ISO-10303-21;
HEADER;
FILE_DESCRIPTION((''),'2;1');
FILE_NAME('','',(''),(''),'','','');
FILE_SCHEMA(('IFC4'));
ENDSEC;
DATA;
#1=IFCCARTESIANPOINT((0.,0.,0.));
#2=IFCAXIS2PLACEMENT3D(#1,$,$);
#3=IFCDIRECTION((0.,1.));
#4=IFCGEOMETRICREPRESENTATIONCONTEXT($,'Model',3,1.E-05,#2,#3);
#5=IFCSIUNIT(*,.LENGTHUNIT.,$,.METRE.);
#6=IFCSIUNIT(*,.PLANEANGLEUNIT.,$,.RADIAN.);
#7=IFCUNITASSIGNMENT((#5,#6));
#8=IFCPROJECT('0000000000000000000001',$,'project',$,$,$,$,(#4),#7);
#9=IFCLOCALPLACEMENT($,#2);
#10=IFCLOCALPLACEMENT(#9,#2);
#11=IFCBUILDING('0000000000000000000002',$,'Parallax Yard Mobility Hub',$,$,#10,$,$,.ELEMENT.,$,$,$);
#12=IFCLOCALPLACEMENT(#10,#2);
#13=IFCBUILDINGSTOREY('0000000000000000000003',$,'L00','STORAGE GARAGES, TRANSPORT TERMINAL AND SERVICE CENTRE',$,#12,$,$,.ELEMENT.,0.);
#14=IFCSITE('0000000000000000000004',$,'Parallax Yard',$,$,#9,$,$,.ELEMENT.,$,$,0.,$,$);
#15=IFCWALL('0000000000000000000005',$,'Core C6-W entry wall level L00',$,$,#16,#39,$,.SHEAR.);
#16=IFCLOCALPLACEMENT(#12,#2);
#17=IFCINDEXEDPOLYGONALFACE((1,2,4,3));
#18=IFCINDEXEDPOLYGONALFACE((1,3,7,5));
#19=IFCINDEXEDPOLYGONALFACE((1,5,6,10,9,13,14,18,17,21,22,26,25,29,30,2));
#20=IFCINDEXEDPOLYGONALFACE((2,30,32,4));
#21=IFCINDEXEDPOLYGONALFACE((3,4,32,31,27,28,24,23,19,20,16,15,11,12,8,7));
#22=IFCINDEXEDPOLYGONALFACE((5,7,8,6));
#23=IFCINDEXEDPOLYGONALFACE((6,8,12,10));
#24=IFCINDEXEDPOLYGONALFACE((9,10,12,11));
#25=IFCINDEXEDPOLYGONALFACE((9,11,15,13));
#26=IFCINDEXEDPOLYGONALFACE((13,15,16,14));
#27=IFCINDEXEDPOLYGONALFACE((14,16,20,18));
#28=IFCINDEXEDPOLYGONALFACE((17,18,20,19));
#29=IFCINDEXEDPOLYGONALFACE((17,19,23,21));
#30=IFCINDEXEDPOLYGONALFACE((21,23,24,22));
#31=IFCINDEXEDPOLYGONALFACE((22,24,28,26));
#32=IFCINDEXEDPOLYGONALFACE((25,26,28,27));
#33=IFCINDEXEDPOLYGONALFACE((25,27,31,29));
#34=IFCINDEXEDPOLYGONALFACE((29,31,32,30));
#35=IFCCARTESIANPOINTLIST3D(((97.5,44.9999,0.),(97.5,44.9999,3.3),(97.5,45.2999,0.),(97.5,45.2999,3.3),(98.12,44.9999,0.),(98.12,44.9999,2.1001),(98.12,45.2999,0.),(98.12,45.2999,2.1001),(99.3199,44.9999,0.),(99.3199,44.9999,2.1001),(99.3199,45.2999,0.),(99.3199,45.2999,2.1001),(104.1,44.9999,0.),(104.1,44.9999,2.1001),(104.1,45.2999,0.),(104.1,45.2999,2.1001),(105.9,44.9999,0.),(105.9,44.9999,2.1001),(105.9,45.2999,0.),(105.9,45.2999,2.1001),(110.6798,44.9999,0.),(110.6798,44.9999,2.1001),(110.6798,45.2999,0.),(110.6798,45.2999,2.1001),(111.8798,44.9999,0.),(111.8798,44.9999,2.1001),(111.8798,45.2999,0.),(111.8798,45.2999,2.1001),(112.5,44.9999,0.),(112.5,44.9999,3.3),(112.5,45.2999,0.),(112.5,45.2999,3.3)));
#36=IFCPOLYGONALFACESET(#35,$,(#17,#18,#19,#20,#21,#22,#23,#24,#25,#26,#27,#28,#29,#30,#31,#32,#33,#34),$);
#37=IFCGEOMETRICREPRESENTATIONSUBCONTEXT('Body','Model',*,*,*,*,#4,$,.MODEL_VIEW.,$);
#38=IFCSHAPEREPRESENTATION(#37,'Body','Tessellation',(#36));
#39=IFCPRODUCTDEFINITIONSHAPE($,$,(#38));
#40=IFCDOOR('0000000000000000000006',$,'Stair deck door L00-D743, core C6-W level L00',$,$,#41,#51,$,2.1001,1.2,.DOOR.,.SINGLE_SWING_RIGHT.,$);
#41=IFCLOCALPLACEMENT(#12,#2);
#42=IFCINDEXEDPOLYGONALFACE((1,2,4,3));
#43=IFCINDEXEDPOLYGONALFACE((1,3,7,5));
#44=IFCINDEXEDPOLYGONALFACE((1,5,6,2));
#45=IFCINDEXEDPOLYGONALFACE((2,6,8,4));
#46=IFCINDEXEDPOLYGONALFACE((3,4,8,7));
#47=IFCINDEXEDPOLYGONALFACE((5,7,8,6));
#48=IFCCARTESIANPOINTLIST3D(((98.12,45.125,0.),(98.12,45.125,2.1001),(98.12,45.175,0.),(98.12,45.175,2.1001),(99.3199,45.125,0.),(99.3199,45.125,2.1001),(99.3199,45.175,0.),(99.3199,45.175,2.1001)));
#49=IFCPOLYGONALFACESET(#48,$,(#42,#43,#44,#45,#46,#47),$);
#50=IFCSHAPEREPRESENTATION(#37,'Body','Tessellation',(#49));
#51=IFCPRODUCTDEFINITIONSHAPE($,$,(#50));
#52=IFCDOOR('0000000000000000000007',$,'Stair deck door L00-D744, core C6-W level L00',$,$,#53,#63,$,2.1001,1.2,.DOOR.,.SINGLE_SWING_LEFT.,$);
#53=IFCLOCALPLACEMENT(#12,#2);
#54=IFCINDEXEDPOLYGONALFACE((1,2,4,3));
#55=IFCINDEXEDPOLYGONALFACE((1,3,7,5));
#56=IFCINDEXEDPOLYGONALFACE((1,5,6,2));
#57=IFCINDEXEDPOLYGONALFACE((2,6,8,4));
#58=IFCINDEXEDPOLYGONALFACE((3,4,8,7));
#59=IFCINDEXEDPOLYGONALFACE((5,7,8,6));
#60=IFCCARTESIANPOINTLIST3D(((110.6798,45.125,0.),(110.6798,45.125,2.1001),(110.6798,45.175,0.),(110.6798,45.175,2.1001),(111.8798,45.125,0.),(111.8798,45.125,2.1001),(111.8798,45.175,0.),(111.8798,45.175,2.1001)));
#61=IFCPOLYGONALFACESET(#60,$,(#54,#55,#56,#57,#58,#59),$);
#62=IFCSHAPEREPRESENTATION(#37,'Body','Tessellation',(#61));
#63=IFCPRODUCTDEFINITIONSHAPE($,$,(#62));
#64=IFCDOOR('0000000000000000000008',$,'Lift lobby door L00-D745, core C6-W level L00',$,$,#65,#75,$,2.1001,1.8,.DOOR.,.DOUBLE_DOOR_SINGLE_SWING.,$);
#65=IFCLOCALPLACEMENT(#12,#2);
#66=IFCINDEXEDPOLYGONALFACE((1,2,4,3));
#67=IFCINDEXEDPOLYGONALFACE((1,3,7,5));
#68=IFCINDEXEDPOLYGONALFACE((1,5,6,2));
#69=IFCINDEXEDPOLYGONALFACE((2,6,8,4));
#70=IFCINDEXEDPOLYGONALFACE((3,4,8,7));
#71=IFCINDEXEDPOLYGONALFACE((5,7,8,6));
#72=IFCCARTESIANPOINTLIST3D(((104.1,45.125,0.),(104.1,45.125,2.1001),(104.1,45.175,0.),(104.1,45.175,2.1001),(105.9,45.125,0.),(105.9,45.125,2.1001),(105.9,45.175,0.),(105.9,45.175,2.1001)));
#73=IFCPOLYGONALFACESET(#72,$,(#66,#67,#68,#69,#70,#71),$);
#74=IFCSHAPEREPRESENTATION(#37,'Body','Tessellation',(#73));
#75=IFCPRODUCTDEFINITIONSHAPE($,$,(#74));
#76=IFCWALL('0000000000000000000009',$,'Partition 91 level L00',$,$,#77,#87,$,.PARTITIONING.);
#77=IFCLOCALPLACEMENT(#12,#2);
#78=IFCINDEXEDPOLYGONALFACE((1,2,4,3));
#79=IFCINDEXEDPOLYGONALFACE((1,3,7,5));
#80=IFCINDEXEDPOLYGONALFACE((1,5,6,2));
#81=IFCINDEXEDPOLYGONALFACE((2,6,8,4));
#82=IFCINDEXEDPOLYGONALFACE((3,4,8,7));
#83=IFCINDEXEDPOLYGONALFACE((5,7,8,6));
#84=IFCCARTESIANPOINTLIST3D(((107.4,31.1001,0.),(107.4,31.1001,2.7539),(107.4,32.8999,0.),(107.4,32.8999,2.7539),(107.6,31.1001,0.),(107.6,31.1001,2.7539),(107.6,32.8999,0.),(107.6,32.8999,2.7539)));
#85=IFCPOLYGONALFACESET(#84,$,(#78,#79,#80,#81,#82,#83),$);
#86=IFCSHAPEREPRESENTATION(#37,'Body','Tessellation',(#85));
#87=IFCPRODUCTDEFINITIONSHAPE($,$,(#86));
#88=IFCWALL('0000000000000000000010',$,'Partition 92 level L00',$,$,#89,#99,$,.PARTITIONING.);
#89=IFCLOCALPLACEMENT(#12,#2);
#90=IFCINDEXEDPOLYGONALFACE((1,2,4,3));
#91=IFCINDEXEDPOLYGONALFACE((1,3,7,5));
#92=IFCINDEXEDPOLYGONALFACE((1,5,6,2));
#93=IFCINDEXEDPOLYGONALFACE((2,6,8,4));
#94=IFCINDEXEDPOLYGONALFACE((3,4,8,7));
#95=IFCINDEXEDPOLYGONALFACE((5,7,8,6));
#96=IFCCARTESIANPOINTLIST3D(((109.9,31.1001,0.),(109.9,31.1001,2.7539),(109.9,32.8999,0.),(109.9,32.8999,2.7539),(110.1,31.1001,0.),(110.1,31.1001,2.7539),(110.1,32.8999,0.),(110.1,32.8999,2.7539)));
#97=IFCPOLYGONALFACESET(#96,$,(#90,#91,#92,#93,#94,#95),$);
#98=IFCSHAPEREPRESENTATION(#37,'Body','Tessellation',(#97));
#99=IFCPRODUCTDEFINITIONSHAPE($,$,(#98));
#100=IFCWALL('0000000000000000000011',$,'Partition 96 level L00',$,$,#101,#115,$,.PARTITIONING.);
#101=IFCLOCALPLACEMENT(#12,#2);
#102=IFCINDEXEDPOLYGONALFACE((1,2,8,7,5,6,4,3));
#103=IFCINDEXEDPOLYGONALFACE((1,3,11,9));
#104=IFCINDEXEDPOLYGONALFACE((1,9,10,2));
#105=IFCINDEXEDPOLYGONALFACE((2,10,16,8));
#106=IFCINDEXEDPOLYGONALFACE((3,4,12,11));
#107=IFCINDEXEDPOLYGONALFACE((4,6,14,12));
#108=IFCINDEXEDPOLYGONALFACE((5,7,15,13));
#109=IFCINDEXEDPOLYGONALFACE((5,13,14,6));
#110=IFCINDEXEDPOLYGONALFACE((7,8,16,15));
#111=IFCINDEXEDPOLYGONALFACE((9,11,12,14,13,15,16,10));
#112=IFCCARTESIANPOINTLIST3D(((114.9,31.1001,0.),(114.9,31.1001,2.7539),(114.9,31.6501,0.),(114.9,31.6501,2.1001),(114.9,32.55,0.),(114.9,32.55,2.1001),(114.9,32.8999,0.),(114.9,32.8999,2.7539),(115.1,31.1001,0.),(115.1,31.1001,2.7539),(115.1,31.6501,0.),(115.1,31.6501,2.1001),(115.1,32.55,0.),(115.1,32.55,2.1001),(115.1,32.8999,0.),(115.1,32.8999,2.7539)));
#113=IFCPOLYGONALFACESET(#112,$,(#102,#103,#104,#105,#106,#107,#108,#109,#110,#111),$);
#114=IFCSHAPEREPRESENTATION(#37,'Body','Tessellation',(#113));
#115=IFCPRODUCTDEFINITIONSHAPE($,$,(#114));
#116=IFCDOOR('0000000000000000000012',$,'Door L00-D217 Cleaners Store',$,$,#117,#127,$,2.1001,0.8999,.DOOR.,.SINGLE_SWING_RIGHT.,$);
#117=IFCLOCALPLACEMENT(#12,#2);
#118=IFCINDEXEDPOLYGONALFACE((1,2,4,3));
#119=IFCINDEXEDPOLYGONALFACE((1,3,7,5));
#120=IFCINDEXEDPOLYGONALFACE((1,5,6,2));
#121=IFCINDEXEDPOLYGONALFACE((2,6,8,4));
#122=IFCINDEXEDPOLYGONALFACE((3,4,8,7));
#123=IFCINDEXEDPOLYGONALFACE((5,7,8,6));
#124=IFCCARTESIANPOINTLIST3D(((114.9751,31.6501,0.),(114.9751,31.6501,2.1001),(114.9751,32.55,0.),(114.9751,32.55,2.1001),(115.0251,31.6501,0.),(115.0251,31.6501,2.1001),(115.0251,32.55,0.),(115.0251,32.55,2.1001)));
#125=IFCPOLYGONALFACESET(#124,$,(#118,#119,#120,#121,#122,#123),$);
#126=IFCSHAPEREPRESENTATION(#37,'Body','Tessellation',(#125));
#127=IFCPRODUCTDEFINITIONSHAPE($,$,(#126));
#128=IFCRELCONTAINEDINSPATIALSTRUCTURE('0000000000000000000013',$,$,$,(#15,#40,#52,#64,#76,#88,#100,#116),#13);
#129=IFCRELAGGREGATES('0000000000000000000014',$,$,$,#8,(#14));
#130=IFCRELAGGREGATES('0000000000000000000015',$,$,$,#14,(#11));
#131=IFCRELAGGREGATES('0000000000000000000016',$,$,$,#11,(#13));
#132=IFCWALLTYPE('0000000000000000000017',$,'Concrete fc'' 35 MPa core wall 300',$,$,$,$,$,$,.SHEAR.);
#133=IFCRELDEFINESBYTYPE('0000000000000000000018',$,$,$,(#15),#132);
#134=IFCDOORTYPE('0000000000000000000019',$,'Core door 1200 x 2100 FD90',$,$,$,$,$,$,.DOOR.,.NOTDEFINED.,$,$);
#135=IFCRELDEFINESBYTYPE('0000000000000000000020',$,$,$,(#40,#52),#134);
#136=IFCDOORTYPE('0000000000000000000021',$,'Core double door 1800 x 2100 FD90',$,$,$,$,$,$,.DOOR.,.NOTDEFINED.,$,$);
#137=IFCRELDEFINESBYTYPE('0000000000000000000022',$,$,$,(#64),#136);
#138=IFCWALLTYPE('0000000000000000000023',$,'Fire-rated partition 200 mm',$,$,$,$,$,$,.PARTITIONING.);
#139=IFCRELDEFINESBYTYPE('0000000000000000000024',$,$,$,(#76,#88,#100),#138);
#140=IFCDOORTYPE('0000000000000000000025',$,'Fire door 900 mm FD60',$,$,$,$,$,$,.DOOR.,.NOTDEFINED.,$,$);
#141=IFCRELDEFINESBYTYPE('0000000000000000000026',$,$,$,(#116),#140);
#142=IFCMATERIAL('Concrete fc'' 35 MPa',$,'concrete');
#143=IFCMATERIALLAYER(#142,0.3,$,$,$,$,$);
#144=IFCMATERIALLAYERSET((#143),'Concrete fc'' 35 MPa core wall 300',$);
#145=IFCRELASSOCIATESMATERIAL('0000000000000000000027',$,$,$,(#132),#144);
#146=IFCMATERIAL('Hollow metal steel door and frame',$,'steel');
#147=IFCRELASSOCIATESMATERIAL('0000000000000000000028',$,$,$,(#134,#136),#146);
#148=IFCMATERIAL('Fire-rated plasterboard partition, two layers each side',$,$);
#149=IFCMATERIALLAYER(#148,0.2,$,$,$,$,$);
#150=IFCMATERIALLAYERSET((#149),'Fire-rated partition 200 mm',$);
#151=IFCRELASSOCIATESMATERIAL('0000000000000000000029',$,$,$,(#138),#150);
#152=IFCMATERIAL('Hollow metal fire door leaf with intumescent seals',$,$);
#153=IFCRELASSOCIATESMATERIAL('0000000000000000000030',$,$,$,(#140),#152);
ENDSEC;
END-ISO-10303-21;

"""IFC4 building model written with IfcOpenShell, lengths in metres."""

from ifc_helpers import new_model, si_unit, direction, frame, frame_2d, origin, place, context, subcontext, project, spatial, rectangle, extrude, material, layer, layer_set, type_object, element, fill, save


model = new_model("IFC4")

# Units and contexts
model_context = context("Model", 3, precision=1e-05, world=origin(), true_north=direction((0.0, 1.0)))
body_context = subcontext(model_context, "Body", "Model", "MODEL_VIEW")
ifc_project = project(units=[si_unit("LENGTHUNIT", "METRE"), si_unit("PLANEANGLEUNIT", "RADIAN")], contexts=[model_context])

# Site, building, storey
site_placement = place(None, origin())
site = spatial("IfcSite", under=ifc_project, at=site_placement, Name="Parallax Yard", CompositionType="ELEMENT", RefElevation=0.0)
building_placement = place(site_placement, origin())
building = spatial("IfcBuilding", under=site, at=building_placement, Name="Parallax Yard Mobility Hub", CompositionType="ELEMENT")
storey_placement = place(building_placement, origin())
storey = spatial("IfcBuildingStorey", under=building, at=storey_placement, Name="L00", Description="STORAGE GARAGES, TRANSPORT TERMINAL AND SERVICE CENTRE", CompositionType="ELEMENT", Elevation=0.0)

# Wall, openings, doors
ifc_material_1 = material(Name="Concrete fc' 35 MPa", Category="concrete")
ifc_layer_1 = layer(ifc_material_1, 0.3)
ifc_layer_set_1 = layer_set([ifc_layer_1], Name="Concrete fc' 35 MPa core wall 300")
wall_type_1 = type_object("IfcWallType", Name="Concrete fc' 35 MPa core wall 300", PredefinedType="SHEAR", material=ifc_layer_set_1)
wall_1_placement = place(storey_placement, frame((112.5, 45.1499, 0.0), z_axis=(0.0, 0.0, 1.0), x_axis=(-1.0, 0.0, 0.0)))
wall_1 = element("IfcWall", 1, at=wall_1_placement, inside=storey, type_object=wall_type_1, Name="Core C6-W entry wall level L00", PredefinedType="SHEAR", context=body_context, shape_type="SweptSolid", body=[
    extrude(rectangle(XDim=15.0, YDim=0.3, at=frame_2d((7.5, 0.0))), origin(), (0.0, 0.0, 1.0), 3.3),
])
opening_1_placement = place(wall_1_placement, frame((13.1799, 0.0, 0.0)))
opening_1 = element("IfcOpeningElement", 2, at=opening_1_placement, cuts=wall_1, PredefinedType="OPENING", context=body_context, shape_type="SweptSolid", body=[
    extrude(rectangle(XDim=1.2, YDim=2.1001, at=frame_2d((0.6001, 1.05))), frame((0.0, 0.1602, 0.0), z_axis=(0.0, -1.0, 0.0), x_axis=(1.0, 0.0, 0.0)), (0.0, 0.0, 1.0), 0.3201),
])
opening_2_placement = place(wall_1_placement, frame((0.6201, 0.0, 0.0)))
opening_2 = element("IfcOpeningElement", 3, at=opening_2_placement, cuts=wall_1, PredefinedType="OPENING", context=body_context, shape_type="SweptSolid", body=[
    extrude(rectangle(XDim=1.2, YDim=2.1001, at=frame_2d((0.6001, 1.05))), frame((0.0, 0.1602, 0.0), z_axis=(0.0, -1.0, 0.0), x_axis=(1.0, 0.0, 0.0)), (0.0, 0.0, 1.0), 0.3201),
])
opening_3_placement = place(wall_1_placement, frame((6.6001, 0.0, 0.0)))
opening_3 = element("IfcOpeningElement", 4, at=opening_3_placement, cuts=wall_1, PredefinedType="OPENING", context=body_context, shape_type="SweptSolid", body=[
    extrude(rectangle(XDim=1.8, YDim=2.1001, at=frame_2d((0.8999, 1.05))), frame((0.0, 0.1602, 0.0), z_axis=(0.0, -1.0, 0.0), x_axis=(1.0, 0.0, 0.0)), (0.0, 0.0, 1.0), 0.3201),
])
ifc_material_2 = material(Name="Hollow metal steel door and frame", Category="steel")
door_type_1 = type_object("IfcDoorType", Name="Core door 1200 x 2100 FD90", OperationType="NOTDEFINED", PredefinedType="DOOR", material=ifc_material_2)
door_1_placement = place(opening_1_placement, origin())
door_1 = element("IfcDoor", 5, at=door_1_placement, inside=storey, type_object=door_type_1, Name="Stair deck door L00-D743, core C6-W level L00", OperationType="SINGLE_SWING_RIGHT", OverallHeight=2.1001, OverallWidth=1.2, PredefinedType="DOOR", context=body_context, shape_type="SweptSolid", body=[
    extrude(rectangle(XDim=1.2, YDim=2.1001, at=frame_2d((0.6001, 1.05))), frame((0.0, 0.0249, 0.0), z_axis=(0.0, -1.0, 0.0), x_axis=(1.0, 0.0, 0.0)), (0.0, 0.0, 1.0), 0.05),
])
fill(opening_1, door_1)
door_2_placement = place(opening_2_placement, origin())
door_2 = element("IfcDoor", 6, at=door_2_placement, inside=storey, type_object=door_type_1, Name="Stair deck door L00-D744, core C6-W level L00", OperationType="SINGLE_SWING_LEFT", OverallHeight=2.1001, OverallWidth=1.2, PredefinedType="DOOR", context=body_context, shape_type="SweptSolid", body=[
    extrude(rectangle(XDim=1.2, YDim=2.1001, at=frame_2d((0.6001, 1.05))), frame((0.0, 0.0249, 0.0), z_axis=(0.0, -1.0, 0.0), x_axis=(1.0, 0.0, 0.0)), (0.0, 0.0, 1.0), 0.05),
])
fill(opening_2, door_2)
door_type_2 = type_object("IfcDoorType", Name="Core double door 1800 x 2100 FD90", OperationType="NOTDEFINED", PredefinedType="DOOR", material=ifc_material_2)
door_3_placement = place(opening_3_placement, origin())
door_3 = element("IfcDoor", 7, at=door_3_placement, inside=storey, type_object=door_type_2, Name="Lift lobby door L00-D745, core C6-W level L00", OperationType="DOUBLE_DOOR_SINGLE_SWING", OverallHeight=2.1001, OverallWidth=1.8, PredefinedType="DOOR", context=body_context, shape_type="SweptSolid", body=[
    extrude(rectangle(XDim=1.8, YDim=2.1001, at=frame_2d((0.8999, 1.05))), frame((0.0, 0.0249, 0.0), z_axis=(0.0, -1.0, 0.0), x_axis=(1.0, 0.0, 0.0)), (0.0, 0.0, 1.0), 0.05),
])
fill(opening_3, door_3)

# Walls
ifc_material_3 = material(Name="Fire-rated plasterboard partition, two layers each side")
ifc_layer_2 = layer(ifc_material_3, 0.2)
ifc_layer_set_2 = layer_set([ifc_layer_2], Name="Fire-rated partition 200 mm")
wall_type_2 = type_object("IfcWallType", Name="Fire-rated partition 200 mm", PredefinedType="PARTITIONING", material=ifc_layer_set_2)
for number, where, z_axis, x_axis, name in (
    (8, (107.5, 31.1001, 0.0), (0.0, 0.0, 1.0), (0.0, 1.0, 0.0), "Partition 91 level L00"),
    (9, (110.0, 31.1001, 0.0), (0.0, 0.0, 1.0), (0.0, 1.0, 0.0), "Partition 92 level L00"),
):
    element("IfcWall", number, at=place(storey_placement, frame(where, z_axis=z_axis, x_axis=x_axis)), inside=storey, type_object=wall_type_2, Name=name, PredefinedType="PARTITIONING", context=body_context, shape_type="SweptSolid", body=[
        extrude(rectangle(XDim=1.7998, YDim=0.2, at=frame_2d((0.8999, 0.0))), origin(), (0.0, 0.0, 1.0), 2.7539),
    ])

# Wall, opening, door
wall_2_placement = place(storey_placement, frame((115.0, 31.1001, 0.0), z_axis=(0.0, 0.0, 1.0), x_axis=(0.0, 1.0, 0.0)))
wall_2 = element("IfcWall", 10, at=wall_2_placement, inside=storey, type_object=wall_type_2, Name="Partition 96 level L00", PredefinedType="PARTITIONING", context=body_context, shape_type="SweptSolid", body=[
    extrude(rectangle(XDim=1.7998, YDim=0.2, at=frame_2d((0.8999, 0.0))), origin(), (0.0, 0.0, 1.0), 2.7539),
])
opening_4_placement = place(wall_2_placement, frame((0.55, 0.0, 0.0)))
opening_4 = element("IfcOpeningElement", 11, at=opening_4_placement, cuts=wall_2, PredefinedType="OPENING", context=body_context, shape_type="SweptSolid", body=[
    extrude(rectangle(XDim=0.8999, YDim=2.1001, at=frame_2d((0.45, 1.05))), frame((0.0, 0.1099, 0.0), z_axis=(0.0, -1.0, 0.0), x_axis=(1.0, 0.0, 0.0)), (0.0, 0.0, 1.0), 0.22),
])
ifc_material_4 = material(Name="Hollow metal fire door leaf with intumescent seals")
door_type_3 = type_object("IfcDoorType", Name="Fire door 900 mm FD60", OperationType="NOTDEFINED", PredefinedType="DOOR", material=ifc_material_4)
door_4_placement = place(opening_4_placement, origin())
door_4 = element("IfcDoor", 12, at=door_4_placement, inside=storey, type_object=door_type_3, Name="Door L00-D217 Cleaners Store", OperationType="SINGLE_SWING_RIGHT", OverallHeight=2.1001, OverallWidth=0.8999, PredefinedType="DOOR", context=body_context, shape_type="SweptSolid", body=[
    extrude(rectangle(XDim=0.8999, YDim=2.1001, at=frame_2d((0.45, 1.05))), frame((0.0, 0.0249, 0.0), z_axis=(0.0, -1.0, 0.0), x_axis=(1.0, 0.0, 0.0)), (0.0, 0.0, 1.0), 0.05),
])
fill(opening_4, door_4)

save(model, "model.ifc")
